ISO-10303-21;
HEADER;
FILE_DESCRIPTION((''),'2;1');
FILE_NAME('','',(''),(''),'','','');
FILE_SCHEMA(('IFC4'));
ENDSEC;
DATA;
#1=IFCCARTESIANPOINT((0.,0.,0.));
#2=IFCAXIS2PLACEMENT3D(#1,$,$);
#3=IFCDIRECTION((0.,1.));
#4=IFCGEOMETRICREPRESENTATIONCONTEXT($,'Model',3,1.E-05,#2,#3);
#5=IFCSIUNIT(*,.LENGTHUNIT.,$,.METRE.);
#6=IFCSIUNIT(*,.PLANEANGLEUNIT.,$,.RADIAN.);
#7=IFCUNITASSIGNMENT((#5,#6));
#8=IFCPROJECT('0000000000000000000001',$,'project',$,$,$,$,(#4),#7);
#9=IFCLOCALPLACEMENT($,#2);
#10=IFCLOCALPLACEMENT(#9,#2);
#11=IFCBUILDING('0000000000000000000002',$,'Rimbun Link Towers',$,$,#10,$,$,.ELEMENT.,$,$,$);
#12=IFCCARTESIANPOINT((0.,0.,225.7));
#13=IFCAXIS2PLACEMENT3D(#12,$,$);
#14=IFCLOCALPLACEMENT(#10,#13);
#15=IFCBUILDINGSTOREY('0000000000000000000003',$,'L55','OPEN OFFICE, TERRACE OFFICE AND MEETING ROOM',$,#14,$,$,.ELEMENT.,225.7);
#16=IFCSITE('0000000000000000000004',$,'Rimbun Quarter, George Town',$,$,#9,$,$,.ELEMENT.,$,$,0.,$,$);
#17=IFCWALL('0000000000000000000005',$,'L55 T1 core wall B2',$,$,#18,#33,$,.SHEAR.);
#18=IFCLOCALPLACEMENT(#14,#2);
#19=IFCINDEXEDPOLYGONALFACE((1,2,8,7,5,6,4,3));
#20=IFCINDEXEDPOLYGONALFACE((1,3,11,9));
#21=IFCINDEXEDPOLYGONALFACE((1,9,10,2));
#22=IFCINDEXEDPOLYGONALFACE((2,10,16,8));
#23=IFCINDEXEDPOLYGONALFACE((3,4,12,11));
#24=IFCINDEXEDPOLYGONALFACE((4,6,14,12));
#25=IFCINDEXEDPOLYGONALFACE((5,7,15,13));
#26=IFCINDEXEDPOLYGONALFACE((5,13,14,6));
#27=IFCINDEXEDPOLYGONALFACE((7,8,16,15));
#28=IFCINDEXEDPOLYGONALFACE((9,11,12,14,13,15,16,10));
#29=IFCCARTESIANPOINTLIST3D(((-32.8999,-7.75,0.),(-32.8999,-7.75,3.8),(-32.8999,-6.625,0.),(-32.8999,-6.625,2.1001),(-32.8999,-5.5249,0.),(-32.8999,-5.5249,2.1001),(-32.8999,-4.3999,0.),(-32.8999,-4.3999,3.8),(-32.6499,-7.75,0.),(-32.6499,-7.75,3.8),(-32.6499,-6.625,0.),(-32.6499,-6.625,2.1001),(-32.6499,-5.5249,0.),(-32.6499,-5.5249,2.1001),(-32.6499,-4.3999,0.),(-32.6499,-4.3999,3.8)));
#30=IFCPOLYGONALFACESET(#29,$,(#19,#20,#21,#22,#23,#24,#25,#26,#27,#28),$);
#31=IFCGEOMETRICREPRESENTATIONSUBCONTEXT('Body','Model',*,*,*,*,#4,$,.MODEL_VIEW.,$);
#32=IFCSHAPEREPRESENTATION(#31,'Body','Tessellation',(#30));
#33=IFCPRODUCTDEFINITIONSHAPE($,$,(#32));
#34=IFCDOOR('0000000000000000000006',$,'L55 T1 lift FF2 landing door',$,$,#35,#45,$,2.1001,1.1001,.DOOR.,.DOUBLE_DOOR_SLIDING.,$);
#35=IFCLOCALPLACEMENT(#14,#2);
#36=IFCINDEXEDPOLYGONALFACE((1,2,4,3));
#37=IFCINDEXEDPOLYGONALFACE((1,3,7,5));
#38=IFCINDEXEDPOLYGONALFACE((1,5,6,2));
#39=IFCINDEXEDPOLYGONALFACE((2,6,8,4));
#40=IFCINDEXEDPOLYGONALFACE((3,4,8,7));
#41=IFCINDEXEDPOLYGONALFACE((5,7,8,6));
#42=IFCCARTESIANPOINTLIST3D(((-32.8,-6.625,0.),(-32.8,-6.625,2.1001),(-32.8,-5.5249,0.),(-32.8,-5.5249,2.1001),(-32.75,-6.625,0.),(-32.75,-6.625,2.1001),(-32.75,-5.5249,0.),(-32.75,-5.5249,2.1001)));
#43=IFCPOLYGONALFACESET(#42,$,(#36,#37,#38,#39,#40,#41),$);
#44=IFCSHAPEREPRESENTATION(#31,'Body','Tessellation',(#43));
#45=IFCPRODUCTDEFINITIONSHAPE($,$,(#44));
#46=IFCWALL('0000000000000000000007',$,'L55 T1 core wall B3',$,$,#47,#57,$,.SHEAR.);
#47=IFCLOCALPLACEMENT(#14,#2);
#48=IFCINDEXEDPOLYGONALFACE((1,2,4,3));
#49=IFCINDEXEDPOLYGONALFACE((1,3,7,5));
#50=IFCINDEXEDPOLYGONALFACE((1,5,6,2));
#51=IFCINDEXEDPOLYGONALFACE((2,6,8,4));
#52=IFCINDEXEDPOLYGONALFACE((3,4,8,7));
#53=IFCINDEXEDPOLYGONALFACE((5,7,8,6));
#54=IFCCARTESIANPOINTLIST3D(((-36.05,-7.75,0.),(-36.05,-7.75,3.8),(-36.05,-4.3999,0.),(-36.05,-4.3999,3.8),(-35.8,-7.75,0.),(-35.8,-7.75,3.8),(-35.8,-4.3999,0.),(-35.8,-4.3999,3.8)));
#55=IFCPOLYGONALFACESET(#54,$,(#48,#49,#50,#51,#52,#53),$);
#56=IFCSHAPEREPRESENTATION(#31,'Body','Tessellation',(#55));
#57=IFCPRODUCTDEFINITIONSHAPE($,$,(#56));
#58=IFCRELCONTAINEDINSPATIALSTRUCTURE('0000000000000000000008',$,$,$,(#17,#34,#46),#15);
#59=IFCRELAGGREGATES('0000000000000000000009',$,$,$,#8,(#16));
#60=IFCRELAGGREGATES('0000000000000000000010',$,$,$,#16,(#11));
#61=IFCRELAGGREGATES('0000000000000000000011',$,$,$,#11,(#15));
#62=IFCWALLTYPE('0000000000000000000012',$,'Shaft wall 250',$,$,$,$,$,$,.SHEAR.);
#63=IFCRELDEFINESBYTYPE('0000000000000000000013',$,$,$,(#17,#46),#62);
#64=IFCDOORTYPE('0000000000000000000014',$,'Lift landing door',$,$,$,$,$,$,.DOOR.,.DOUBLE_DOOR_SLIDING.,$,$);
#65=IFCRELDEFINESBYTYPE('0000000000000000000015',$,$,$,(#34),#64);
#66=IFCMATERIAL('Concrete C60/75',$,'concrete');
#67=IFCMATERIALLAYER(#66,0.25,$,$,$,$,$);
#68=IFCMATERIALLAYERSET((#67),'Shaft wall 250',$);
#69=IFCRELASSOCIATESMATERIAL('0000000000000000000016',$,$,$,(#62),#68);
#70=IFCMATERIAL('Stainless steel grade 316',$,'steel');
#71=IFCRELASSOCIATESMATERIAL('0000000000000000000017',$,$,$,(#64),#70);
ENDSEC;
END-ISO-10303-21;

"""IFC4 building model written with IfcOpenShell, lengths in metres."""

from ifc_helpers import new_model, si_unit, direction, frame, frame_2d, origin, place, context, subcontext, project, spatial, rectangle, extrude, material, layer, layer_set, type_object, element, fill, save


model = new_model("IFC4")

# Units and contexts
model_context = context("Model", 3, precision=1e-05, world=origin(), true_north=direction((0.0, 1.0)))
body_context = subcontext(model_context, "Body", "Model", "MODEL_VIEW")
ifc_project = project(units=[si_unit("LENGTHUNIT", "METRE"), si_unit("PLANEANGLEUNIT", "RADIAN")], contexts=[model_context])

# Site, building, storey
site_placement = place(None, origin())
site = spatial("IfcSite", under=ifc_project, at=site_placement, Name="Rimbun Quarter, George Town", CompositionType="ELEMENT", RefElevation=0.0)
building_placement = place(site_placement, origin())
building = spatial("IfcBuilding", under=site, at=building_placement, Name="Rimbun Link Towers", CompositionType="ELEMENT")
storey_placement = place(building_placement, frame((0.0, 0.0, 225.7)))
storey = spatial("IfcBuildingStorey", under=building, at=storey_placement, Name="L55", Description="OPEN OFFICE, TERRACE OFFICE AND MEETING ROOM", CompositionType="ELEMENT", Elevation=225.7)

# Shared definitions
ifc_material_1 = material(Name="Concrete C60/75", Category="concrete")
ifc_layer_1 = layer(ifc_material_1, 0.25)
ifc_layer_set_1 = layer_set([ifc_layer_1], Name="Shaft wall 250")
wall_type_1 = type_object("IfcWallType", Name="Shaft wall 250", PredefinedType="SHEAR", material=ifc_layer_set_1)

# Shared definitions
ifc_material_2 = material(Name="Stainless steel grade 316", Category="steel")
door_type_1 = type_object("IfcDoorType", Name="Lift landing door", OperationType="DOUBLE_DOOR_SLIDING", PredefinedType="DOOR", material=ifc_material_2)

# Wall, opening, door
wall_1_placement = place(storey_placement, frame((-32.7749, -4.3999, 0.0), z_axis=(0.0, 0.0, 1.0), x_axis=(0.0, -1.0, 0.0)))
wall_1 = element("IfcWall", 1, at=wall_1_placement, inside=storey, type_object=wall_type_1, Name="L55 T1 core wall B2", PredefinedType="SHEAR", context=body_context, shape_type="SweptSolid", body=[
    extrude(rectangle(XDim=3.3501, YDim=0.25, at=frame_2d((1.675, 0.0))), origin(), (0.0, 0.0, 1.0), 3.8),
])
opening_1_placement = place(wall_1_placement, frame((1.125, 0.0, 0.0)))
opening_1 = element("IfcOpeningElement", 2, at=opening_1_placement, cuts=wall_1, PredefinedType="OPENING", context=body_context, shape_type="SweptSolid", body=[
    extrude(rectangle(XDim=1.1001, YDim=2.1001, at=frame_2d((0.55, 1.05))), frame((0.0, 0.135, 0.0), z_axis=(0.0, -1.0, 0.0), x_axis=(1.0, 0.0, 0.0)), (0.0, 0.0, 1.0), 0.27),
])
door_1_placement = place(opening_1_placement, origin())
door_1 = element("IfcDoor", 3, at=door_1_placement, inside=storey, type_object=door_type_1, Name="L55 T1 lift FF2 landing door", OperationType="DOUBLE_DOOR_SLIDING", OverallHeight=2.1001, OverallWidth=1.1001, PredefinedType="DOOR", context=body_context, shape_type="SweptSolid", body=[
    extrude(rectangle(XDim=1.1001, YDim=2.1001, at=frame_2d((0.55, 1.05))), frame((0.0, 0.0249, 0.0), z_axis=(0.0, -1.0, 0.0), x_axis=(1.0, 0.0, 0.0)), (0.0, 0.0, 1.0), 0.05),
])
fill(opening_1, door_1)

# Wall
wall_2_placement = place(storey_placement, frame((-35.925, -4.3999, 0.0), z_axis=(0.0, 0.0, 1.0), x_axis=(0.0, -1.0, 0.0)))
element("IfcWall", 4, at=wall_2_placement, inside=storey, type_object=wall_type_1, Name="L55 T1 core wall B3", PredefinedType="SHEAR", context=body_context, shape_type="SweptSolid", body=[
    extrude(rectangle(XDim=3.3501, YDim=0.25, at=frame_2d((1.675, 0.0))), origin(), (0.0, 0.0, 1.0), 3.8),
])

save(model, "model.ifc")
